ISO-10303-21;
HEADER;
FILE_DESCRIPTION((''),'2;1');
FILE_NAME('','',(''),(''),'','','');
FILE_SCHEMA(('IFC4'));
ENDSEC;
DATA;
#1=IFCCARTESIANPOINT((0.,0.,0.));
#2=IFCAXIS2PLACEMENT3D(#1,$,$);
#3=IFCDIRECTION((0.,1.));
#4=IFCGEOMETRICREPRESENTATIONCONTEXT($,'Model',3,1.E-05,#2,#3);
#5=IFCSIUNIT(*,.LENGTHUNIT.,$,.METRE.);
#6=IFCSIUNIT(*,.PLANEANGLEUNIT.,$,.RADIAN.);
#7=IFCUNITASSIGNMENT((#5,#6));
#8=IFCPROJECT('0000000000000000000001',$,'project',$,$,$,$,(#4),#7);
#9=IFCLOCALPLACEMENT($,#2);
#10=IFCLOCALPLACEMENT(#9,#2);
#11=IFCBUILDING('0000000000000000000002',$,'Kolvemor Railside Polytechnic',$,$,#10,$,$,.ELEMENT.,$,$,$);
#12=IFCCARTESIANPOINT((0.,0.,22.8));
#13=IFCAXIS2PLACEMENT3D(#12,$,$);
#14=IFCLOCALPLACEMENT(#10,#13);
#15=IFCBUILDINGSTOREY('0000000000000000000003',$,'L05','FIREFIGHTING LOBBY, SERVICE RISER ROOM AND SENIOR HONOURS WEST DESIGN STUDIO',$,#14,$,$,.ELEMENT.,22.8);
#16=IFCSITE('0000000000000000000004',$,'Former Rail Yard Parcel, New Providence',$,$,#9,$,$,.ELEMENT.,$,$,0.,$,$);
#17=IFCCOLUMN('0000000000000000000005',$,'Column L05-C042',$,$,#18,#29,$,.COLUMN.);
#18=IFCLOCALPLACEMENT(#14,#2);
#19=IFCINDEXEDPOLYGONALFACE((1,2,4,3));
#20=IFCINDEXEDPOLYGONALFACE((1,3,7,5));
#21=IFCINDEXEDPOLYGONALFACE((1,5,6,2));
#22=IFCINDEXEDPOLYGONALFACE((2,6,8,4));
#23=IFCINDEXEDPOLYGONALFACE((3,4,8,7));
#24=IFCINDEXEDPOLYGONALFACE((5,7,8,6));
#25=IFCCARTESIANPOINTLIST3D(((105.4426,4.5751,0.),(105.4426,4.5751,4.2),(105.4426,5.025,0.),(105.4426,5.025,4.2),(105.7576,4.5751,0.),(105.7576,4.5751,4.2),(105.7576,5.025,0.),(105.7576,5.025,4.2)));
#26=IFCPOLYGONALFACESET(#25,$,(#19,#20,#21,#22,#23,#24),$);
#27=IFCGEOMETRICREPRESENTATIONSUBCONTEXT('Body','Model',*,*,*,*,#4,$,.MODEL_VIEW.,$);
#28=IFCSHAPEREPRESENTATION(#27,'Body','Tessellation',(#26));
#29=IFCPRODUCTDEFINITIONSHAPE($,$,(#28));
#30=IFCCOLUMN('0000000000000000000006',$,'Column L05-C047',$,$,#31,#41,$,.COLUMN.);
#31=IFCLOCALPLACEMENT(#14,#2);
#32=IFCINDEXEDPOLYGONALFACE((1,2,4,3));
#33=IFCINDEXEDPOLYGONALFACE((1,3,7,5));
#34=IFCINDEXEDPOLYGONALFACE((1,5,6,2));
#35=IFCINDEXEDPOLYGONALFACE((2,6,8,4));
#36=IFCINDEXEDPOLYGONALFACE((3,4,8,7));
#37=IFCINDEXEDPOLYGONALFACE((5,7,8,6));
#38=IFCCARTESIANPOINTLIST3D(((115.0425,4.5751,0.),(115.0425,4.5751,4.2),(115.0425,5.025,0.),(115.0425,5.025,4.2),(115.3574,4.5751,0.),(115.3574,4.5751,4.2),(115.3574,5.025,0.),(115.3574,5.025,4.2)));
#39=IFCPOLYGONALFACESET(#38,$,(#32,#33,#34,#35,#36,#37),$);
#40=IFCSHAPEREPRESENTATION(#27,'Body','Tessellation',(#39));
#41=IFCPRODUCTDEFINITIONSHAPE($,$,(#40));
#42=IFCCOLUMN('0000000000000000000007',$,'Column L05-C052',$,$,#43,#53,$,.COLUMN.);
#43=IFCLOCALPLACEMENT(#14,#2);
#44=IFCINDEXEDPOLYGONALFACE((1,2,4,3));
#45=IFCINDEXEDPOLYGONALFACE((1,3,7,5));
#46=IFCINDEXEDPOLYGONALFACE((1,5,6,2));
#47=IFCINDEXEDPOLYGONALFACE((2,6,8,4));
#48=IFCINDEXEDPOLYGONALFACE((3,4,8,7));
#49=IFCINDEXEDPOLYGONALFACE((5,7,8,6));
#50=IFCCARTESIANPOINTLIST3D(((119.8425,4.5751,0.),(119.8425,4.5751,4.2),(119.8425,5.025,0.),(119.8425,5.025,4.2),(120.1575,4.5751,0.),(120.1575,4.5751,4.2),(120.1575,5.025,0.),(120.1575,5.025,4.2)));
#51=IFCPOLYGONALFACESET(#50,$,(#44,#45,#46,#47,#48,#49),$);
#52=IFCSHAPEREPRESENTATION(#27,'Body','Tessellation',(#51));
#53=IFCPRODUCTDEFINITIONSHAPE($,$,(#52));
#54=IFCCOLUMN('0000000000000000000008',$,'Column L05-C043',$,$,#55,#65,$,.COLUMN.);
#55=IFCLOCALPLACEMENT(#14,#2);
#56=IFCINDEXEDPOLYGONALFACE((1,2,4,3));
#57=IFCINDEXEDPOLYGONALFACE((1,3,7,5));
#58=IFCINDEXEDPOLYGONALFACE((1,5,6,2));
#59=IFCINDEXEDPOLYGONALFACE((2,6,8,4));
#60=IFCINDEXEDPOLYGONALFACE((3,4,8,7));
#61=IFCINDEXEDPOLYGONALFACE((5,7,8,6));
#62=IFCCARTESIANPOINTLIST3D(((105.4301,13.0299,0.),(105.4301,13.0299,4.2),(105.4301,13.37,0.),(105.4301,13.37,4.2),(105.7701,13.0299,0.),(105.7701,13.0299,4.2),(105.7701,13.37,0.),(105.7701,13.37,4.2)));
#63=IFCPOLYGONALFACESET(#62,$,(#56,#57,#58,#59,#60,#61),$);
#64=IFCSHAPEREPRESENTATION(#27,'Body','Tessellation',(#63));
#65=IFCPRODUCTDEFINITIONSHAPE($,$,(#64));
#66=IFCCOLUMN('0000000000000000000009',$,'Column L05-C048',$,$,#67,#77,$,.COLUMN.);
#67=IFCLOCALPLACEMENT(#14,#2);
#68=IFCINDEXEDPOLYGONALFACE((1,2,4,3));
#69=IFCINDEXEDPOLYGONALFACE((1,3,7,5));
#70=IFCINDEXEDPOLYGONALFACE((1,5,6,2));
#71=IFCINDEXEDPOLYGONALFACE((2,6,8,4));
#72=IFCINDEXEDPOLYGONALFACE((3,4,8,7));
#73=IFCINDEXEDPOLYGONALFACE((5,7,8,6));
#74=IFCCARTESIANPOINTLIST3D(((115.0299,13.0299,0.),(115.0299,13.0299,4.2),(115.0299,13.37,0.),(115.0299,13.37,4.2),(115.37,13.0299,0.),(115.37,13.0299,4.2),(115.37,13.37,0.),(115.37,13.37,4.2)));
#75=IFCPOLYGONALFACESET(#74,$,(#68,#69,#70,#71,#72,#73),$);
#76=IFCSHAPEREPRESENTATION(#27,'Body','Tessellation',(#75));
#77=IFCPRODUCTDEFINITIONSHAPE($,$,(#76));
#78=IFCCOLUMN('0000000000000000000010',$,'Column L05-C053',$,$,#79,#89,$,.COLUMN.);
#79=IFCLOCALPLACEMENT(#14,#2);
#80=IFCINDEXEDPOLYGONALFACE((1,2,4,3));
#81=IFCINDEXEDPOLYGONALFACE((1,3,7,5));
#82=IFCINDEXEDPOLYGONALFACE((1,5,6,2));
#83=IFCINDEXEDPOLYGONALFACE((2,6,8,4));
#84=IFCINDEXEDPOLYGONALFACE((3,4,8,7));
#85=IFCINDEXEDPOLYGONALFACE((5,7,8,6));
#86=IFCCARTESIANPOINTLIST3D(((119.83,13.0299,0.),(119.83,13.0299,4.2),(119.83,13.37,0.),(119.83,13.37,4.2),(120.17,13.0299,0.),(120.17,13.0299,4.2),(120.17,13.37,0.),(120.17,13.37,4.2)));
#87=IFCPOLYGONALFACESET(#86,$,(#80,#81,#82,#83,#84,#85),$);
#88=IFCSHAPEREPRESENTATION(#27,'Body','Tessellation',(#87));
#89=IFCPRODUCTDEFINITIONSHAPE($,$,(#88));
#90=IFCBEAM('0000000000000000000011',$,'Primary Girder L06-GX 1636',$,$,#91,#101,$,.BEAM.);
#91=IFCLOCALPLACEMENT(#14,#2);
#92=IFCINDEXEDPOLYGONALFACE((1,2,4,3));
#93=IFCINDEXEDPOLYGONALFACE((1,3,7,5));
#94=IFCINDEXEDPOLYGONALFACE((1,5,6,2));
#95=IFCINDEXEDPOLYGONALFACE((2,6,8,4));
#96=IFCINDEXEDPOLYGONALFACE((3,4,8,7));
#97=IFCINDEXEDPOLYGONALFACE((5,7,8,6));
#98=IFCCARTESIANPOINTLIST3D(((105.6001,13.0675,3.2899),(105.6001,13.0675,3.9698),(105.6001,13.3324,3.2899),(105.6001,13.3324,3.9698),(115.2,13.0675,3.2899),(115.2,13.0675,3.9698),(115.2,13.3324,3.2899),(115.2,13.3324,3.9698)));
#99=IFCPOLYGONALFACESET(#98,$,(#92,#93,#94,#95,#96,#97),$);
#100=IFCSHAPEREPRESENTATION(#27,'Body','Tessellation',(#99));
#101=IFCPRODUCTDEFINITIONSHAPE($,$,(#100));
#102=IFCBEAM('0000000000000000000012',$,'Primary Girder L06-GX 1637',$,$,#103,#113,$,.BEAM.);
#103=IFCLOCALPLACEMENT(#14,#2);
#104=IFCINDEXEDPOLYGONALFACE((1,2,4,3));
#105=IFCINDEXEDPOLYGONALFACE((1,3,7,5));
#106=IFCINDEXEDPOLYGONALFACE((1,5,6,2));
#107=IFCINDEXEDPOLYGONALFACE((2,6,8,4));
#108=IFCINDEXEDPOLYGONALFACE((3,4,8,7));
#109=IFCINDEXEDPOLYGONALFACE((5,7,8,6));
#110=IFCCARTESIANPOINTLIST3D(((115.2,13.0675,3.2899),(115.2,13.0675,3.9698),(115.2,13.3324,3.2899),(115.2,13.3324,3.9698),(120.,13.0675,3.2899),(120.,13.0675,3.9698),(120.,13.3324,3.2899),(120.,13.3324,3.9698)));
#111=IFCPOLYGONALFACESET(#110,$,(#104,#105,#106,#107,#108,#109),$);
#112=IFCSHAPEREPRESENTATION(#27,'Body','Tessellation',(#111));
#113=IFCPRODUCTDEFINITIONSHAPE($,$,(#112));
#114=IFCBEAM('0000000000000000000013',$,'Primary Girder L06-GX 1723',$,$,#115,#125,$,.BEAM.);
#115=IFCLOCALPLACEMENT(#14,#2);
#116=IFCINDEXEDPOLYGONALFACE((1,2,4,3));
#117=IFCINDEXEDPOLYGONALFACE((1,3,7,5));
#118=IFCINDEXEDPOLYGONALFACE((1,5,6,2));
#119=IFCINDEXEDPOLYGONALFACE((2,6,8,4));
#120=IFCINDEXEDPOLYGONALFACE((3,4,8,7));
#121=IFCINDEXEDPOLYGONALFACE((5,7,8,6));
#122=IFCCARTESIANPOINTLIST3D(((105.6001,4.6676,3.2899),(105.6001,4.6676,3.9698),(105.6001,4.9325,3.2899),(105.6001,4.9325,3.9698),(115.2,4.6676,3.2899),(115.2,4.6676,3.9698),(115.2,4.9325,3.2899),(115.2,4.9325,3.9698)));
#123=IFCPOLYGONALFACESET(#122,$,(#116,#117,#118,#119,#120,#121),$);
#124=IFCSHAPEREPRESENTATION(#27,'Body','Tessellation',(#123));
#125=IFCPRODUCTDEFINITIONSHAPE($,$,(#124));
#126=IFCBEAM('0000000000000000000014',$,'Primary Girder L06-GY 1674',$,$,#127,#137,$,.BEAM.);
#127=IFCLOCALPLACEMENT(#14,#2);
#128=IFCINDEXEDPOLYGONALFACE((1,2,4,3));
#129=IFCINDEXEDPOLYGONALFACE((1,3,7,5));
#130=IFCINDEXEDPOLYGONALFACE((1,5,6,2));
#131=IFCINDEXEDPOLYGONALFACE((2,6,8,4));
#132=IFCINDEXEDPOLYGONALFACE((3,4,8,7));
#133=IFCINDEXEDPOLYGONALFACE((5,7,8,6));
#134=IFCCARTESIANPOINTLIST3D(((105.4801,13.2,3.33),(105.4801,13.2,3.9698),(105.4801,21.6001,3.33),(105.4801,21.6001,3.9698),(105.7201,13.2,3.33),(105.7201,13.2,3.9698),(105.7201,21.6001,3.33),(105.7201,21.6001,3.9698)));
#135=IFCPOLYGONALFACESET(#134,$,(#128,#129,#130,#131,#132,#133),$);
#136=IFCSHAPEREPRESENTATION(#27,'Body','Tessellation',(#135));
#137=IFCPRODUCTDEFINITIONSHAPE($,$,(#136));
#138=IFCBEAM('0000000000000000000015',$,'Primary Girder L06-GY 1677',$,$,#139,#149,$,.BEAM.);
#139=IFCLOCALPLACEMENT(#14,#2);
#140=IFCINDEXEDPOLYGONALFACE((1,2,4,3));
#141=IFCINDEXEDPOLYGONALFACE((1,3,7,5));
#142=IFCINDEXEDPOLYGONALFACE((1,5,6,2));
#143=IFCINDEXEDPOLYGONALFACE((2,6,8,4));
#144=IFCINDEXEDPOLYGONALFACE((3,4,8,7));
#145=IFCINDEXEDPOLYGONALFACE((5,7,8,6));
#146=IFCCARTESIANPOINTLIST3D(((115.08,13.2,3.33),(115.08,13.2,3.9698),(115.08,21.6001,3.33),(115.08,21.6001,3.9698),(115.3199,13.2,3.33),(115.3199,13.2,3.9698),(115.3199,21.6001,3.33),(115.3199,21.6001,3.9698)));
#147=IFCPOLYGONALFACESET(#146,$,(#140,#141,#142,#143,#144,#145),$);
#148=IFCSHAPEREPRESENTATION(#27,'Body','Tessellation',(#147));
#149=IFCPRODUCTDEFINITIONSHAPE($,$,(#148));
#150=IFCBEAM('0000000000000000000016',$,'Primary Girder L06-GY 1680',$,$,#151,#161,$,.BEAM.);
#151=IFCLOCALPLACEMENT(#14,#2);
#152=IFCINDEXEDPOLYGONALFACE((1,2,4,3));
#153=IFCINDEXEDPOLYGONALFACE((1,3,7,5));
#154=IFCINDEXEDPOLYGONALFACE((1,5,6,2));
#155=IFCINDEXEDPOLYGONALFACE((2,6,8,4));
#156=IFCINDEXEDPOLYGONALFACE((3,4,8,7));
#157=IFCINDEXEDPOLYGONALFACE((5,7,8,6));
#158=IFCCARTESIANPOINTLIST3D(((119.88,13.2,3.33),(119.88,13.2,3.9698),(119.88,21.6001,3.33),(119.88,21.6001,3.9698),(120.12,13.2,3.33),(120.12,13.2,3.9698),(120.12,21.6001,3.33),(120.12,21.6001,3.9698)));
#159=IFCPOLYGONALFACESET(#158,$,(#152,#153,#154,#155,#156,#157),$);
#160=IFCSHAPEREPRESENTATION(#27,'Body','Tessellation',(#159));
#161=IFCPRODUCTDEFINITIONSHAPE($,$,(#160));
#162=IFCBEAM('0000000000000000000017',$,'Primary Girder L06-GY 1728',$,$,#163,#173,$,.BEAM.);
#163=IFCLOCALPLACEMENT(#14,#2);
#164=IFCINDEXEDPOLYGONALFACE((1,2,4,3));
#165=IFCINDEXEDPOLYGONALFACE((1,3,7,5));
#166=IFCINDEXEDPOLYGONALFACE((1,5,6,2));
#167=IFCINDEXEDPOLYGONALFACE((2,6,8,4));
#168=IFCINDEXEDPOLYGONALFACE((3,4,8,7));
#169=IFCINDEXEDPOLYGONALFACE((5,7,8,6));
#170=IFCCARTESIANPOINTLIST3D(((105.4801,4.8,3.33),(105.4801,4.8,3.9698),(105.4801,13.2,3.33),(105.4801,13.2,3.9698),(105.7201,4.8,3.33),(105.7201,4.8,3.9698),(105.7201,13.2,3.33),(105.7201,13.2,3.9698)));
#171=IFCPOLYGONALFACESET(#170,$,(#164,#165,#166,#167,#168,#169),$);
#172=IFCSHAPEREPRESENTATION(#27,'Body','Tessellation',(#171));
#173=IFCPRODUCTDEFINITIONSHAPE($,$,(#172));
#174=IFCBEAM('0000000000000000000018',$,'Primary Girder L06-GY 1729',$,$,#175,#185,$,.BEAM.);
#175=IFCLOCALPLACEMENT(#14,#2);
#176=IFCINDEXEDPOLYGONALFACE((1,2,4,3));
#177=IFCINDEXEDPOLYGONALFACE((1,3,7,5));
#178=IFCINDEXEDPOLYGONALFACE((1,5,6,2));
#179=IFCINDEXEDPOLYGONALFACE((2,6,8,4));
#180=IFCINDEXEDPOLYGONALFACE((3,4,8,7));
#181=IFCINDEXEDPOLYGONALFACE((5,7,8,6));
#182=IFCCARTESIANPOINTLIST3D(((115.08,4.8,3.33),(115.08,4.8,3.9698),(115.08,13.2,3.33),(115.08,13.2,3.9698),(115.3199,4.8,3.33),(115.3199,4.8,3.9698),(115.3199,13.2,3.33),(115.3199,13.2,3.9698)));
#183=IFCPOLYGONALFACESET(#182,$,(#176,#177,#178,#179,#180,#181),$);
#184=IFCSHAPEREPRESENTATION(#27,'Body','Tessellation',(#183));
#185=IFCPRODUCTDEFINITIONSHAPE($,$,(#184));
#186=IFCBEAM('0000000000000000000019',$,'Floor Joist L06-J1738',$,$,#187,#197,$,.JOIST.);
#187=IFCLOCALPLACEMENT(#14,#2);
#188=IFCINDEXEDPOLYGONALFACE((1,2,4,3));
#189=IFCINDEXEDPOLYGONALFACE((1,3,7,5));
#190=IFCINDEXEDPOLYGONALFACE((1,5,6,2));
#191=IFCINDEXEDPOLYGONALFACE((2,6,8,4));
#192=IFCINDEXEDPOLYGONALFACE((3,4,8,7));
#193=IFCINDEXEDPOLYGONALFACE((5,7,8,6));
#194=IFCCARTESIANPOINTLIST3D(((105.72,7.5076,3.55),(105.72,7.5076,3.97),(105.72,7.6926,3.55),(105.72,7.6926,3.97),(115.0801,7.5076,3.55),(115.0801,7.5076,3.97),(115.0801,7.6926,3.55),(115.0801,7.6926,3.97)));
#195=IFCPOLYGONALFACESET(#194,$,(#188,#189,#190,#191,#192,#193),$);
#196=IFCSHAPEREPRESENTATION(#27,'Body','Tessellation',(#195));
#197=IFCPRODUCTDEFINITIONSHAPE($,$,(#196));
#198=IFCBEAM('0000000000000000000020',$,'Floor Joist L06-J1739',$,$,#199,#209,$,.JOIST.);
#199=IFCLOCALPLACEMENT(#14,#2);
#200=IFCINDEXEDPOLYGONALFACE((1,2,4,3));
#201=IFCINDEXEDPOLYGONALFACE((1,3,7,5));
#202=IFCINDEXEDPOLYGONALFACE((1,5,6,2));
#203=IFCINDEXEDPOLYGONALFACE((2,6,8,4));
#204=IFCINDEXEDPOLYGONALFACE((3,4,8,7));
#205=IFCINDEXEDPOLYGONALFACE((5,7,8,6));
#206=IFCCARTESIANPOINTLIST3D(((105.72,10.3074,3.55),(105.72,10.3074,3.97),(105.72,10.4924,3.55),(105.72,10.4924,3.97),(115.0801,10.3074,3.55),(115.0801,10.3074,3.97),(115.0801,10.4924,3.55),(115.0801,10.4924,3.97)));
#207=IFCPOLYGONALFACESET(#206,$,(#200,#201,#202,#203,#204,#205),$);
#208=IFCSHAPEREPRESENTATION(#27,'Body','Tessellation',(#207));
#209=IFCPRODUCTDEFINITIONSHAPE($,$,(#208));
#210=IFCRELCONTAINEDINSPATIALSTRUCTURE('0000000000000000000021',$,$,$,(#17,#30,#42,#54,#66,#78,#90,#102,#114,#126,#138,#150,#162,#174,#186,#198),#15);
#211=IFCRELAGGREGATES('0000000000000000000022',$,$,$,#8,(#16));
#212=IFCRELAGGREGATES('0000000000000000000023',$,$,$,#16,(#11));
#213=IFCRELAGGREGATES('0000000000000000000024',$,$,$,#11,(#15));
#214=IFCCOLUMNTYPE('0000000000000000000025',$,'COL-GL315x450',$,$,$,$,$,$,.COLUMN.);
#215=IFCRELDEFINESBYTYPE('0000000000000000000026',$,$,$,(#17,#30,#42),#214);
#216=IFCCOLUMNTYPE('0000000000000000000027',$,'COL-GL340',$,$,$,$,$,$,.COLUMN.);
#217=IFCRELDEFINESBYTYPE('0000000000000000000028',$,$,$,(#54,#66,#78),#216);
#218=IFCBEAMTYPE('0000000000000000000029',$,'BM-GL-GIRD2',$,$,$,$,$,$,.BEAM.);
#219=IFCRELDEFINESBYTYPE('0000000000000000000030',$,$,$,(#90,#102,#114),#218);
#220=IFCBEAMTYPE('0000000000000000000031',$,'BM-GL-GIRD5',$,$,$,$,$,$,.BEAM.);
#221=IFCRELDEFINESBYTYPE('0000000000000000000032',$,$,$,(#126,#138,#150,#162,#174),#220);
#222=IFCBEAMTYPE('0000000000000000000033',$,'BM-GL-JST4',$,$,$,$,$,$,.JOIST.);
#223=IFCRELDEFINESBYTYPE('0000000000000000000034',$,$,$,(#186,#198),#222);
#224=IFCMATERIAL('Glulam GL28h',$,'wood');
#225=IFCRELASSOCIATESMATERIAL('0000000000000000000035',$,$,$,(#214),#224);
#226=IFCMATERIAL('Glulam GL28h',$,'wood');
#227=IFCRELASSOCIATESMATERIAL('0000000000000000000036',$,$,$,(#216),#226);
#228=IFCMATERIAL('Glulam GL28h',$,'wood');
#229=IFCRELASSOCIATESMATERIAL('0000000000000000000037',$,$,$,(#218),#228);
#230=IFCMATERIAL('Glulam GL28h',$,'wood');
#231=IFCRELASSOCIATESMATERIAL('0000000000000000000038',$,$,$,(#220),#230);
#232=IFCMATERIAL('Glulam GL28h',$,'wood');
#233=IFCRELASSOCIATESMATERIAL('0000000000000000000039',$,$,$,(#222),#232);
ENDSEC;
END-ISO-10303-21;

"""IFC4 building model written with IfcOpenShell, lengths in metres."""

from ifc_helpers import new_model, si_unit, direction, frame, origin, origin_2d, place, context, subcontext, project, spatial, rectangle, extrude, material, material_profile, profile_set, type_object, element, save


model = new_model("IFC4")

# Units and contexts
model_context = context("Model", 3, precision=1e-05, world=origin(), true_north=direction((0.0, 1.0)))
body_context = subcontext(model_context, "Body", "Model", "MODEL_VIEW")
ifc_project = project(units=[si_unit("LENGTHUNIT", "METRE"), si_unit("PLANEANGLEUNIT", "RADIAN")], contexts=[model_context])

# Site, building, storey
site_placement = place(None, origin())
site = spatial("IfcSite", under=ifc_project, at=site_placement, Name="Former Rail Yard Parcel, New Providence", CompositionType="ELEMENT", RefElevation=0.0)
building_placement = place(site_placement, origin())
building = spatial("IfcBuilding", under=site, at=building_placement, Name="Kolvemor Railside Polytechnic", CompositionType="ELEMENT")
storey_placement = place(building_placement, frame((0.0, 0.0, 22.8)))
storey = spatial("IfcBuildingStorey", under=building, at=storey_placement, Name="L05", Description="FIREFIGHTING LOBBY, SERVICE RISER ROOM AND SENIOR HONOURS WEST DESIGN STUDIO", CompositionType="ELEMENT", Elevation=22.8)

# Columns
ifc_material_1 = material(Name="Glulam GL28h", Category="wood")
ifc_material_profile_1 = material_profile(ifc_material_1, rectangle(XDim=0.3149, YDim=0.45, at=origin_2d()), Name="GL315x450")
ifc_profile_set_1 = profile_set([ifc_material_profile_1], Name="Glulam GL28h")
column_type_1 = type_object("IfcColumnType", Name="COL-GL315x450", PredefinedType="COLUMN", material=ifc_profile_set_1)
for number, where, z_axis, x_axis, name in (
    (1, (105.6001, 4.8, 0.0), (0.0, 0.0, 1.0), (1.0, 0.0, 0.0), "Column L05-C042"),
    (2, (115.2, 4.8, 0.0), (0.0, 0.0, 1.0), (1.0, 0.0, 0.0), "Column L05-C047"),
    (3, (120.0, 4.8, 0.0), (0.0, 0.0, 1.0), (1.0, 0.0, 0.0), "Column L05-C052"),
):
    element("IfcColumn", number, at=place(storey_placement, frame(where, z_axis=z_axis, x_axis=x_axis)), inside=storey, type_object=column_type_1, Name=name, PredefinedType="COLUMN", context=body_context, shape_type="SweptSolid", body=[
        extrude(rectangle(XDim=0.3149, YDim=0.45, at=origin_2d()), origin(), (0.0, 0.0, 1.0), 4.2),
    ])
ifc_material_2 = material(Name="Glulam GL28h", Category="wood")
ifc_material_profile_2 = material_profile(ifc_material_2, rectangle(XDim=0.3401, YDim=0.3401, at=origin_2d()), Name="GL340x340")
ifc_profile_set_2 = profile_set([ifc_material_profile_2], Name="Glulam GL28h")
column_type_2 = type_object("IfcColumnType", Name="COL-GL340", PredefinedType="COLUMN", material=ifc_profile_set_2)
for number, where, z_axis, x_axis, name in (
    (4, (105.6001, 13.2, 0.0), (0.0, 0.0, 1.0), (1.0, 0.0, 0.0), "Column L05-C043"),
    (5, (115.2, 13.2, 0.0), (0.0, 0.0, 1.0), (1.0, 0.0, 0.0), "Column L05-C048"),
    (6, (120.0, 13.2, 0.0), (0.0, 0.0, 1.0), (1.0, 0.0, 0.0), "Column L05-C053"),
):
    element("IfcColumn", number, at=place(storey_placement, frame(where, z_axis=z_axis, x_axis=x_axis)), inside=storey, type_object=column_type_2, Name=name, PredefinedType="COLUMN", context=body_context, shape_type="SweptSolid", body=[
        extrude(rectangle(XDim=0.3401, YDim=0.3401, at=origin_2d()), origin(), (0.0, 0.0, 1.0), 4.2),
    ])

# Beams
ifc_material_3 = material(Name="Glulam GL28h", Category="wood")
ifc_material_profile_3 = material_profile(ifc_material_3, rectangle(XDim=0.2649, YDim=0.6799, at=origin_2d()), Name="GL265x680")
ifc_profile_set_3 = profile_set([ifc_material_profile_3], Name="Glulam GL28h")
beam_type_1 = type_object("IfcBeamType", Name="BM-GL-GIRD2", PredefinedType="BEAM", material=ifc_profile_set_3)
beam_1_placement = place(storey_placement, frame((105.6001, 13.2, 3.6299), z_axis=(1.0, 0.0, 0.0), x_axis=(0.0, 1.0, 0.0)))
element("IfcBeam", 7, at=beam_1_placement, inside=storey, type_object=beam_type_1, Name="Primary Girder L06-GX 1636", PredefinedType="BEAM", context=body_context, shape_type="SweptSolid", body=[
    extrude(rectangle(XDim=0.2649, YDim=0.6799, at=origin_2d()), origin(), (0.0, 0.0, 1.0), 9.5999),
])
beam_2_placement = place(storey_placement, frame((115.2, 13.2, 3.6299), z_axis=(1.0, 0.0, 0.0), x_axis=(0.0, 1.0, 0.0)))
element("IfcBeam", 8, at=beam_2_placement, inside=storey, type_object=beam_type_1, Name="Primary Girder L06-GX 1637", PredefinedType="BEAM", context=body_context, shape_type="SweptSolid", body=[
    extrude(rectangle(XDim=0.2649, YDim=0.6799, at=origin_2d()), origin(), (0.0, 0.0, 1.0), 4.8),
])
beam_3_placement = place(storey_placement, frame((105.6001, 4.8, 3.6299), z_axis=(1.0, 0.0, 0.0), x_axis=(0.0, 1.0, 0.0)))
element("IfcBeam", 9, at=beam_3_placement, inside=storey, type_object=beam_type_1, Name="Primary Girder L06-GX 1723", PredefinedType="BEAM", context=body_context, shape_type="SweptSolid", body=[
    extrude(rectangle(XDim=0.2649, YDim=0.6799, at=origin_2d()), origin(), (0.0, 0.0, 1.0), 9.5999),
])
ifc_material_4 = material(Name="Glulam GL28h", Category="wood")
ifc_material_profile_4 = material_profile(ifc_material_4, rectangle(XDim=0.24, YDim=0.6399, at=origin_2d()), Name="GL240x640")
ifc_profile_set_4 = profile_set([ifc_material_profile_4], Name="Glulam GL28h")
beam_type_2 = type_object("IfcBeamType", Name="BM-GL-GIRD5", PredefinedType="BEAM", material=ifc_profile_set_4)
for number, where, z_axis, x_axis, name in (
    (10, (105.6001, 13.2, 3.6499), (0.0, 1.0, 0.0), (-1.0, 0.0, 0.0), "Primary Girder L06-GY 1674"),
    (11, (115.2, 13.2, 3.6499), (0.0, 1.0, 0.0), (-1.0, 0.0, 0.0), "Primary Girder L06-GY 1677"),
    (12, (120.0, 13.2, 3.6499), (0.0, 1.0, 0.0), (-1.0, 0.0, 0.0), "Primary Girder L06-GY 1680"),
):
    element("IfcBeam", number, at=place(storey_placement, frame(where, z_axis=z_axis, x_axis=x_axis)), inside=storey, type_object=beam_type_2, Name=name, PredefinedType="BEAM", context=body_context, shape_type="SweptSolid", body=[
        extrude(rectangle(XDim=0.24, YDim=0.6399, at=origin_2d()), origin(), (0.0, 0.0, 1.0), 8.4001),
    ])
for number, where, z_axis, x_axis, name in (
    (13, (105.6001, 4.8, 3.6499), (0.0, 1.0, 0.0), (-1.0, 0.0, 0.0), "Primary Girder L06-GY 1728"),
    (14, (115.2, 4.8, 3.6499), (0.0, 1.0, 0.0), (-1.0, 0.0, 0.0), "Primary Girder L06-GY 1729"),
):
    element("IfcBeam", number, at=place(storey_placement, frame(where, z_axis=z_axis, x_axis=x_axis)), inside=storey, type_object=beam_type_2, Name=name, PredefinedType="BEAM", context=body_context, shape_type="SweptSolid", body=[
        extrude(rectangle(XDim=0.24, YDim=0.6399, at=origin_2d()), origin(), (0.0, 0.0, 1.0), 8.3999),
    ])
ifc_material_5 = material(Name="Glulam GL28h", Category="wood")
ifc_material_profile_5 = material_profile(ifc_material_5, rectangle(XDim=0.1851, YDim=0.4199, at=origin_2d()), Name="GL185x420")
ifc_profile_set_5 = profile_set([ifc_material_profile_5], Name="Glulam GL28h")
beam_type_3 = type_object("IfcBeamType", Name="BM-GL-JST4", PredefinedType="JOIST", material=ifc_profile_set_5)
for number, where, z_axis, x_axis, name in (
    (15, (105.72, 7.6001, 3.76), (1.0, 0.0, 0.0), (0.0, 1.0, 0.0), "Floor Joist L06-J1738"),
    (16, (105.72, 10.3999, 3.76), (1.0, 0.0, 0.0), (0.0, 1.0, 0.0), "Floor Joist L06-J1739"),
):
    element("IfcBeam", number, at=place(storey_placement, frame(where, z_axis=z_axis, x_axis=x_axis)), inside=storey, type_object=beam_type_3, Name=name, PredefinedType="JOIST", context=body_context, shape_type="SweptSolid", body=[
        extrude(rectangle(XDim=0.1851, YDim=0.4199, at=origin_2d()), origin(), (0.0, 0.0, 1.0), 9.3601),
    ])

save(model, "model.ifc")
